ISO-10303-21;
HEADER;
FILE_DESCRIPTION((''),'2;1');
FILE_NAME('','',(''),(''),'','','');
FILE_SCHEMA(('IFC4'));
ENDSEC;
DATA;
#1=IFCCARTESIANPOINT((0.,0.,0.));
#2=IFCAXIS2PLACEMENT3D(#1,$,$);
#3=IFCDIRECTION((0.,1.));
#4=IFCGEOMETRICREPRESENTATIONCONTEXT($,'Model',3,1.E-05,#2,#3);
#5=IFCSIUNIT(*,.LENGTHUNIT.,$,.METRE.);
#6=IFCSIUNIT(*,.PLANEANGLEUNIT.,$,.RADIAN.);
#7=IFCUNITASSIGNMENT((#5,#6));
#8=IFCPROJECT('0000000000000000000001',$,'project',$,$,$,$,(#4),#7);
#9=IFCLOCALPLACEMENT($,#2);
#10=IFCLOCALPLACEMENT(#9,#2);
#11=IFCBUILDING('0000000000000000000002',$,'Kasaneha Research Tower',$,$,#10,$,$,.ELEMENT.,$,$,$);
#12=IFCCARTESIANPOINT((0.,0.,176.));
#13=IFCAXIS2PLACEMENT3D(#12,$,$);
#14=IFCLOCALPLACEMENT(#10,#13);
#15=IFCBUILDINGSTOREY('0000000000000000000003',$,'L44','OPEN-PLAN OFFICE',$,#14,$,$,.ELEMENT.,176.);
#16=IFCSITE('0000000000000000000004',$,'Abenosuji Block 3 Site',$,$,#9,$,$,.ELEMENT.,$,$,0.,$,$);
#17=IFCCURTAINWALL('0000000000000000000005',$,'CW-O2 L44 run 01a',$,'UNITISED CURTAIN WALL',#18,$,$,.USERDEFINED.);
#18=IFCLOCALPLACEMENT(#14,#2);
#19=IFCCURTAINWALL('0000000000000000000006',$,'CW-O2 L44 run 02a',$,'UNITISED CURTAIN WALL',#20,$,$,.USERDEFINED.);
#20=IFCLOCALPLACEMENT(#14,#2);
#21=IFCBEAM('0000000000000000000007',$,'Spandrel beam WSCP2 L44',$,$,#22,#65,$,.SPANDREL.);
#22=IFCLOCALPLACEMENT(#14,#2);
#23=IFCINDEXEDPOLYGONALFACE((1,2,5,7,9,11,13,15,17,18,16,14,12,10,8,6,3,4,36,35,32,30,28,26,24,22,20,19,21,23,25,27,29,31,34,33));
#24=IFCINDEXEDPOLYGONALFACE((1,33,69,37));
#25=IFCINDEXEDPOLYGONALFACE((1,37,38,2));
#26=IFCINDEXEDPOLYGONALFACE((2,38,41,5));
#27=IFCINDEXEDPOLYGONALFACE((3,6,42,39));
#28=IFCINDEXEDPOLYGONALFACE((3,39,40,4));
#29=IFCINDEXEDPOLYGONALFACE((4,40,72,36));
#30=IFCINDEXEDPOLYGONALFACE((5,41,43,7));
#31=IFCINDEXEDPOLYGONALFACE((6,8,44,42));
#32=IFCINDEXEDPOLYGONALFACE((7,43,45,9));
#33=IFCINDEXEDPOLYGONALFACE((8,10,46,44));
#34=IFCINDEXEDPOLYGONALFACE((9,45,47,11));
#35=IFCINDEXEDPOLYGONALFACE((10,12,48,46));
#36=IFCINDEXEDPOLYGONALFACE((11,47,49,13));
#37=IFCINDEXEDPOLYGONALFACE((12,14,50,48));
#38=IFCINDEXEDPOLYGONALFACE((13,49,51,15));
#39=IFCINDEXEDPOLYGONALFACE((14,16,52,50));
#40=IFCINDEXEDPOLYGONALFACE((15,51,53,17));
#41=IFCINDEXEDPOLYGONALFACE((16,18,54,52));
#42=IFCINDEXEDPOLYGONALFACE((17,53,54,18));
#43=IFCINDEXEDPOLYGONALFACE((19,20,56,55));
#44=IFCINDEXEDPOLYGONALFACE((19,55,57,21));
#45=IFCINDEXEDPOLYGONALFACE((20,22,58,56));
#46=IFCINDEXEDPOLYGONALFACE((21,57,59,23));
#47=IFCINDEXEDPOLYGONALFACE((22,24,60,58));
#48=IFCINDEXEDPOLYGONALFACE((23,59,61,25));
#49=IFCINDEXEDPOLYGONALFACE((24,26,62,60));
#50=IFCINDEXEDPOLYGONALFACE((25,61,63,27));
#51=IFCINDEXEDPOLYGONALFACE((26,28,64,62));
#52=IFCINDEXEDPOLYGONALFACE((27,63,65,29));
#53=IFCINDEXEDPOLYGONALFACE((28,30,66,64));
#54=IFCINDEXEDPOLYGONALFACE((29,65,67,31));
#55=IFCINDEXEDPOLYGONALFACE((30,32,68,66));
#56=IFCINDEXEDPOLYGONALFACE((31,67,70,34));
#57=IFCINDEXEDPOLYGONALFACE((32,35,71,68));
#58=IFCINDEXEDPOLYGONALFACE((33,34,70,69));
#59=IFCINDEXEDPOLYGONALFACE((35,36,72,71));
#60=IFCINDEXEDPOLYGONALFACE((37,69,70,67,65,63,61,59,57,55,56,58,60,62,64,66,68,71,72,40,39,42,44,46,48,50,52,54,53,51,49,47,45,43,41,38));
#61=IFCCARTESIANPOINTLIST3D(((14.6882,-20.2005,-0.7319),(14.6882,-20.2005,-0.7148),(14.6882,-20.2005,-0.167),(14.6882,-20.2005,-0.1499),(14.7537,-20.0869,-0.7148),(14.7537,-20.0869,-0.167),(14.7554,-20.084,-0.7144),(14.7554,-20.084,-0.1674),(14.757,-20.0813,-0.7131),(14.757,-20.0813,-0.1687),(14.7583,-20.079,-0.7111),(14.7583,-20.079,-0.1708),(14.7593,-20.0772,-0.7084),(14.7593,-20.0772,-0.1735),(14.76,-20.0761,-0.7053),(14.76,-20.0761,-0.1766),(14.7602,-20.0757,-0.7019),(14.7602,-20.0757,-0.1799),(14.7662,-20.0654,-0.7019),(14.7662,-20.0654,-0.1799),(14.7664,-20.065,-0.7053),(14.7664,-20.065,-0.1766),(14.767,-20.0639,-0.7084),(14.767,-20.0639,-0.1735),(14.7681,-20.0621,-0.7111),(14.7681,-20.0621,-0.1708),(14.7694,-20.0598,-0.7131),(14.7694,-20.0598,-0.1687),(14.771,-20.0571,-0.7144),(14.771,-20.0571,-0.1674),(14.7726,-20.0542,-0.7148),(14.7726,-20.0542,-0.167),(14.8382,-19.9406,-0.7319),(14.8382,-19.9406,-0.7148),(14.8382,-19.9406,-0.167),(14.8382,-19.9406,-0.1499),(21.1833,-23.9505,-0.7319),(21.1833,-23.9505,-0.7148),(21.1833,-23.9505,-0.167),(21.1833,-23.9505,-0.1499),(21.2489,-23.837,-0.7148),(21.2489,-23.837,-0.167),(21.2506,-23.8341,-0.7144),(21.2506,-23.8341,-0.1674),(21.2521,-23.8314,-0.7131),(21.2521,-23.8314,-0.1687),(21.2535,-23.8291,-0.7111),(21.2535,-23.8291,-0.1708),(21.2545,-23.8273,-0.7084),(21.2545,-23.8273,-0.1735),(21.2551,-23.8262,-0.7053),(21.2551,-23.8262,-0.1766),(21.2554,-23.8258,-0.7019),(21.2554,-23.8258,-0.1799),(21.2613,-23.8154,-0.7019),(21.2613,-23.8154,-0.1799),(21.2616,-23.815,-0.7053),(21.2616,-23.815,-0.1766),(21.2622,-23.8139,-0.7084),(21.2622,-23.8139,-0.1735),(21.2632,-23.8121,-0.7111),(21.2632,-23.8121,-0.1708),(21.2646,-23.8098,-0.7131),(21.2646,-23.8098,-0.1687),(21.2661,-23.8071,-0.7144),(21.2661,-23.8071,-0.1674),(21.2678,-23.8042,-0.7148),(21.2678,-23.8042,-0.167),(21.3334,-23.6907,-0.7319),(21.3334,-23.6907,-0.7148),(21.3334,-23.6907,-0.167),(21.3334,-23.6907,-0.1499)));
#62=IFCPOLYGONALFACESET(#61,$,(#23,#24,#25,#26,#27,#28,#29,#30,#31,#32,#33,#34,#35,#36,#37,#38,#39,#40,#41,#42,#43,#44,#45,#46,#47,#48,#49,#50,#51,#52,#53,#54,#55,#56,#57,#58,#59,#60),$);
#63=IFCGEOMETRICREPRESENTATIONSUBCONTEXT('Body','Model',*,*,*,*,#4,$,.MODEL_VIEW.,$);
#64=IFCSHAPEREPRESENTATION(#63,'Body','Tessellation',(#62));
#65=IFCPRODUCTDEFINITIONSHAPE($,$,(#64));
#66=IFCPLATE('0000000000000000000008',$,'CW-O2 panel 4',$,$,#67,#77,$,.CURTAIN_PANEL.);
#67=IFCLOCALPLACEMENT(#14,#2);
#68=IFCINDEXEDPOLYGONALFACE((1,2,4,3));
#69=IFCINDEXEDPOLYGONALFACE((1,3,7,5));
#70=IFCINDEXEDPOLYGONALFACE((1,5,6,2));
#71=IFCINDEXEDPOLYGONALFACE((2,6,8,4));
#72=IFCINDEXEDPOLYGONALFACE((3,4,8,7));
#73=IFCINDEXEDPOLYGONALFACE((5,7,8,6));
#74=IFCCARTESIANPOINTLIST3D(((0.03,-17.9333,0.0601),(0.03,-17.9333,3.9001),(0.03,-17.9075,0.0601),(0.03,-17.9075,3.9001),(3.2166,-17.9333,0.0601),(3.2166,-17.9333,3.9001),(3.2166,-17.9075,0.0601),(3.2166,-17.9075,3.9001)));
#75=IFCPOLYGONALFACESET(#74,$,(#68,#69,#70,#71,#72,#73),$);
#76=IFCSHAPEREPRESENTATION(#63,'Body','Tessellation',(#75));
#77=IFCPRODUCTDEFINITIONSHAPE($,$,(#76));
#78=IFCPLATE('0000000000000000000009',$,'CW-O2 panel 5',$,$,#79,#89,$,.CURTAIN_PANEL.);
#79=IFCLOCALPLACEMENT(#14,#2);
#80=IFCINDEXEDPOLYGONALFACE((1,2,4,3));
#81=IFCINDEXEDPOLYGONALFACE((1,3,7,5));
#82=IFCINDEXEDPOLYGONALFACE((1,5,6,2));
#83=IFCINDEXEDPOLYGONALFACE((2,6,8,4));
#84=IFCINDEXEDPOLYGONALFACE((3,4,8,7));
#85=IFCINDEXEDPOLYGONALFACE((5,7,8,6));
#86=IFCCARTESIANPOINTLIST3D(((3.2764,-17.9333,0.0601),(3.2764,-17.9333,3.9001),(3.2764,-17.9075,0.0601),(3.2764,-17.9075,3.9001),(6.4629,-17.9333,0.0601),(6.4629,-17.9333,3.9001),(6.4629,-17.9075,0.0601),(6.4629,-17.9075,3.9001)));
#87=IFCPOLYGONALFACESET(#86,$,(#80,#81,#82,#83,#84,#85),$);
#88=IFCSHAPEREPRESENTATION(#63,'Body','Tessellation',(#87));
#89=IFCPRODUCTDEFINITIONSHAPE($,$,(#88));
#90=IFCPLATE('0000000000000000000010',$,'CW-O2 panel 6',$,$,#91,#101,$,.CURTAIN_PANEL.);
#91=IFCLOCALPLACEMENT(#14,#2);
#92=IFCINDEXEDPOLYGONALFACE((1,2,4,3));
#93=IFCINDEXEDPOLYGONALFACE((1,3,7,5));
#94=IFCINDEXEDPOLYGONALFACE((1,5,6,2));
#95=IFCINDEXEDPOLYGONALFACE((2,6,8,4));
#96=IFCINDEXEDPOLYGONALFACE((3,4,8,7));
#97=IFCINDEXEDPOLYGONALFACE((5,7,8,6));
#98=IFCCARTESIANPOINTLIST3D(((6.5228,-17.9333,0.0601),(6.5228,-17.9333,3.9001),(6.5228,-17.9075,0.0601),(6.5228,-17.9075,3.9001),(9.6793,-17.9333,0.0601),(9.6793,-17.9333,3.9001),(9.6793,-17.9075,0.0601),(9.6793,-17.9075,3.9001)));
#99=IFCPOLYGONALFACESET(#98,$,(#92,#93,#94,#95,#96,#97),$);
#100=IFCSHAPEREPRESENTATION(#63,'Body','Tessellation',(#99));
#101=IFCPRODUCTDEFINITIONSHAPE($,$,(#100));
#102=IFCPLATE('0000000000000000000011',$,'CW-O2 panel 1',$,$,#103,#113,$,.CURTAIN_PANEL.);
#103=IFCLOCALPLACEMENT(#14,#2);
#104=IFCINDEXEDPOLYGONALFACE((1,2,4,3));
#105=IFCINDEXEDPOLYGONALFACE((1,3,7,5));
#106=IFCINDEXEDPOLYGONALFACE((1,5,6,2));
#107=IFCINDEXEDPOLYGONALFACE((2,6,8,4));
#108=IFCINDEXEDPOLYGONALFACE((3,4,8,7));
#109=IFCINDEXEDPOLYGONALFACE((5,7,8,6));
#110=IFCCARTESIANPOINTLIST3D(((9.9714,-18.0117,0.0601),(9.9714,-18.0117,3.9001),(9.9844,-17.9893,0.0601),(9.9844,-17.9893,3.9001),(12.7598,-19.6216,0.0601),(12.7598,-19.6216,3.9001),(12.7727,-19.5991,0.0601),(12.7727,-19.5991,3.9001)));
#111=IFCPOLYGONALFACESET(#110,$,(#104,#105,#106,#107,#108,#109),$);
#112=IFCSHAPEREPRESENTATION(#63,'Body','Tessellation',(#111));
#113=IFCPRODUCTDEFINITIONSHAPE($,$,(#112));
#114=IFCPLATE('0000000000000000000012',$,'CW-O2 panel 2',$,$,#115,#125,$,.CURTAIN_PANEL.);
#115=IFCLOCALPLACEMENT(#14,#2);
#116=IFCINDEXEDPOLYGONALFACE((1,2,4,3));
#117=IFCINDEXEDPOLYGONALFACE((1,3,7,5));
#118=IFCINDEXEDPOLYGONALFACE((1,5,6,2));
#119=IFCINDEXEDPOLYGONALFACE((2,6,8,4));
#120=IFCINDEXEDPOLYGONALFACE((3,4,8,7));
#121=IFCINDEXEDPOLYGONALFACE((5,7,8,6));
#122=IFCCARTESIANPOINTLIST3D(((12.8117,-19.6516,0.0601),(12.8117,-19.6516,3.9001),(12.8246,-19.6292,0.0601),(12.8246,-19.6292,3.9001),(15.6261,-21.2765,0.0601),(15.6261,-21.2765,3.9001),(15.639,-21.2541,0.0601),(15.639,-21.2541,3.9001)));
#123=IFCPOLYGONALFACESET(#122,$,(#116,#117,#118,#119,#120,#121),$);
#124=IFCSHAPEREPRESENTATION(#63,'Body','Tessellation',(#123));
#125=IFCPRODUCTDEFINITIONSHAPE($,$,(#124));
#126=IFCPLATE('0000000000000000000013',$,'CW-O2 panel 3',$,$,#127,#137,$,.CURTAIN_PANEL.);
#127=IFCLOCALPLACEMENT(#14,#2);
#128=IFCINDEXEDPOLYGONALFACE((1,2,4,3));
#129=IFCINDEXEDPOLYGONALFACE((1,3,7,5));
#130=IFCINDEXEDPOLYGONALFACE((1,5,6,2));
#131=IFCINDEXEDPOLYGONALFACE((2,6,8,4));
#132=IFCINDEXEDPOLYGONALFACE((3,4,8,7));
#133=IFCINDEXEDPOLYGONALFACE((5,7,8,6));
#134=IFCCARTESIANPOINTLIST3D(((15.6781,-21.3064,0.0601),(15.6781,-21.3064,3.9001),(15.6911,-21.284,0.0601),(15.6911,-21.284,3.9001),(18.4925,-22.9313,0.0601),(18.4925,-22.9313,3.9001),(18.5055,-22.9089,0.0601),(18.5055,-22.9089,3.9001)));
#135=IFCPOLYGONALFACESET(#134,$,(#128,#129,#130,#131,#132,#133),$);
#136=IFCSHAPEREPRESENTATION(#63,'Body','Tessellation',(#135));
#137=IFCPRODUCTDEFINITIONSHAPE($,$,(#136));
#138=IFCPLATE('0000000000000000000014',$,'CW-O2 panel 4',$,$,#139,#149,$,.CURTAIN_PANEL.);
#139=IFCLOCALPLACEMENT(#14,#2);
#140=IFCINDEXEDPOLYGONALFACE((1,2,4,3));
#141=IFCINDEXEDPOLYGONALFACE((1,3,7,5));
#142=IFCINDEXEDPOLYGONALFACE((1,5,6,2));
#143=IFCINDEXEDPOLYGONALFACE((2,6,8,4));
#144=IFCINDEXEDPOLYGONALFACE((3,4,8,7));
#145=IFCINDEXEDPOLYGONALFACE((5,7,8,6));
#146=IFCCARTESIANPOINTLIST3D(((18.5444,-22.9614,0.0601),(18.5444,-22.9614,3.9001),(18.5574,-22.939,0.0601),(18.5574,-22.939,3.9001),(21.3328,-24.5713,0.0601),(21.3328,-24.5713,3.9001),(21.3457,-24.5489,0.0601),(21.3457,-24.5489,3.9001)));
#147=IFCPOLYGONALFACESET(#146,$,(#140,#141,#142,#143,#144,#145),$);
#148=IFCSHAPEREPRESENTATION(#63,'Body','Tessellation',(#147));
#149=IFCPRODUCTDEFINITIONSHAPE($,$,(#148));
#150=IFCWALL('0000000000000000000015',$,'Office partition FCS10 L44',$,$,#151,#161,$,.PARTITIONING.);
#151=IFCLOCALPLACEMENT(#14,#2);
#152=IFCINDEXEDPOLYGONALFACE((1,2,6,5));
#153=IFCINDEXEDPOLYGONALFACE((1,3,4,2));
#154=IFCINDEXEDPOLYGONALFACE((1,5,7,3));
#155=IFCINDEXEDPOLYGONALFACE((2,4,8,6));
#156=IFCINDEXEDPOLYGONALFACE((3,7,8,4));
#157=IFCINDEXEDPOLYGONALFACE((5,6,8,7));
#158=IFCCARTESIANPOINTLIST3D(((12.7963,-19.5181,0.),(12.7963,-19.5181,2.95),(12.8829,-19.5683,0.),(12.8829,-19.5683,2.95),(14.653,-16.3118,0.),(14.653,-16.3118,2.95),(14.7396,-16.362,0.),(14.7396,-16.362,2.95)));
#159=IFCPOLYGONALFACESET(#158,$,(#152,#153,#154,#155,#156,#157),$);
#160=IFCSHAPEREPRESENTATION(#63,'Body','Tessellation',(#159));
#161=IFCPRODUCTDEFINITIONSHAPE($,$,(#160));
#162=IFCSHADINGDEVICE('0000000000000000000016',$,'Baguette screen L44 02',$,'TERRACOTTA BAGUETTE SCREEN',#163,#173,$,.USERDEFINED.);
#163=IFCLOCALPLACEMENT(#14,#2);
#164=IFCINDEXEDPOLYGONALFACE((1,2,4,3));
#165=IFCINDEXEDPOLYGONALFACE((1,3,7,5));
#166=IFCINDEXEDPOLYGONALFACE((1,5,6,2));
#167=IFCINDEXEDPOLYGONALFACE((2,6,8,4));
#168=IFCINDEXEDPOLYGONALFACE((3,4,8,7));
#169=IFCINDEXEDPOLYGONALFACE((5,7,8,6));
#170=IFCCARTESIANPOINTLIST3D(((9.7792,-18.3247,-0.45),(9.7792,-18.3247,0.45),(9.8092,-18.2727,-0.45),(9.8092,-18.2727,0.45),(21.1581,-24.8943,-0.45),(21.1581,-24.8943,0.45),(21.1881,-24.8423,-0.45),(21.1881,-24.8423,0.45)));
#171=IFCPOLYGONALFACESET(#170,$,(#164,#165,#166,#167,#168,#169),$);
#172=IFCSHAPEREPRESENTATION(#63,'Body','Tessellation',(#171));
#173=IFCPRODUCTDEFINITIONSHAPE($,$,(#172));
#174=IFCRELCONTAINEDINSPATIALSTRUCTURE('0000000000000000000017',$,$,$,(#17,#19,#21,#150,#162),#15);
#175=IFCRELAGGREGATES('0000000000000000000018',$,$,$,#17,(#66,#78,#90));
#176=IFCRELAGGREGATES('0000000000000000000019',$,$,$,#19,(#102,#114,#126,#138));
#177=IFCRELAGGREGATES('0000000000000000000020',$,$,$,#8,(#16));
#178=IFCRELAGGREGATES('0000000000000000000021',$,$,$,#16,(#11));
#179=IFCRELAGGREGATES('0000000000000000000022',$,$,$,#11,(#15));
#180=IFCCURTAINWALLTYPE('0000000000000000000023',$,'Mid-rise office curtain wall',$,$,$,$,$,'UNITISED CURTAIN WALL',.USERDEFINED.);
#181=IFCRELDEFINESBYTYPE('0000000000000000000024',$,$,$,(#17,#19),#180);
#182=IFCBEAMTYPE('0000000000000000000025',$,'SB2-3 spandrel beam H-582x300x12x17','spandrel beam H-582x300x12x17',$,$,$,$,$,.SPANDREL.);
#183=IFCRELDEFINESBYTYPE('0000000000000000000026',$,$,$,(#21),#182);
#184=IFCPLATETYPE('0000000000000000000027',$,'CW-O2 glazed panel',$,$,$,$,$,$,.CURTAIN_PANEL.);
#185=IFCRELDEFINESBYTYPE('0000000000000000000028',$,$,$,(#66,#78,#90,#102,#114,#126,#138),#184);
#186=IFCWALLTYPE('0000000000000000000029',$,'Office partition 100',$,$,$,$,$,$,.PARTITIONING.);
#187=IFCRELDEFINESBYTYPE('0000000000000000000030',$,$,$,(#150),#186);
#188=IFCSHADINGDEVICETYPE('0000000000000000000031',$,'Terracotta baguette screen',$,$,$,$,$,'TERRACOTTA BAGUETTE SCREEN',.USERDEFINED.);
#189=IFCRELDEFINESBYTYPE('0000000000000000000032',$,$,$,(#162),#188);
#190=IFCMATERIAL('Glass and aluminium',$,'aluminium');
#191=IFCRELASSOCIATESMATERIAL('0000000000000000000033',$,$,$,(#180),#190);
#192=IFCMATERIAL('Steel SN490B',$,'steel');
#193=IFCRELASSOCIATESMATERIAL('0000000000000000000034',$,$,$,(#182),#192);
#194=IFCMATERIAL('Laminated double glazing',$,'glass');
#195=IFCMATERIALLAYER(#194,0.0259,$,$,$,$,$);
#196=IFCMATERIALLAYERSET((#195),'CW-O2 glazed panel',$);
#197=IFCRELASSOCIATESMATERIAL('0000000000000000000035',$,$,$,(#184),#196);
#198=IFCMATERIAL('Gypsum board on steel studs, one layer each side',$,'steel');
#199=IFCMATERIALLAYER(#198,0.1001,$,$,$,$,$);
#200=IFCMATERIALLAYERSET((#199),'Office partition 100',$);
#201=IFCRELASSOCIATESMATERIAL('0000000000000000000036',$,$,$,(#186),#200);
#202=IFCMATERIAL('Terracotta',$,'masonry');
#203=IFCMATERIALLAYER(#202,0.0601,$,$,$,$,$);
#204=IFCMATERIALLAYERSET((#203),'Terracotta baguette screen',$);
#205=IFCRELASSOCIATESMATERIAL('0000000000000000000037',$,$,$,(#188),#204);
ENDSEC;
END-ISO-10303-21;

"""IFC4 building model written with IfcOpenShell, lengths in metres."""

from ifc_helpers import new_model, si_unit, direction, frame, frame_2d, origin, origin_2d, place, context, subcontext, project, spatial, rectangle, i_section, extrude, material, layer, layer_set, material_profile, profile_set, type_object, element, aggregate, save


model = new_model("IFC4")

# Units and contexts
model_context = context("Model", 3, precision=1e-05, world=origin(), true_north=direction((0.0, 1.0)))
body_context = subcontext(model_context, "Body", "Model", "MODEL_VIEW")
ifc_project = project(units=[si_unit("LENGTHUNIT", "METRE"), si_unit("PLANEANGLEUNIT", "RADIAN")], contexts=[model_context])

# Site, building, storey
site_placement = place(None, origin())
site = spatial("IfcSite", under=ifc_project, at=site_placement, Name="Abenosuji Block 3 Site", CompositionType="ELEMENT", RefElevation=0.0)
building_placement = place(site_placement, origin())
building = spatial("IfcBuilding", under=site, at=building_placement, Name="Kasaneha Research Tower", CompositionType="ELEMENT")
storey_placement = place(building_placement, frame((0.0, 0.0, 176.0)))
storey = spatial("IfcBuildingStorey", under=building, at=storey_placement, Name="L44", Description="OPEN-PLAN OFFICE", CompositionType="ELEMENT", Elevation=176.0)

# Curtain walls
ifc_material_1 = material(Name="Glass and aluminium", Category="aluminium")
curtain_wall_type = type_object("IfcCurtainWallType", Name="Mid-rise office curtain wall", ElementType="UNITISED CURTAIN WALL", PredefinedType="USERDEFINED", material=ifc_material_1)
curtain_wall_1_placement = place(storey_placement, origin())
curtain_wall_1 = element("IfcCurtainWall", 1, at=curtain_wall_1_placement, inside=storey, type_object=curtain_wall_type, Name="CW-O2 L44 run 01a", ObjectType="UNITISED CURTAIN WALL", PredefinedType="USERDEFINED")
curtain_wall_2_placement = place(storey_placement, origin())
curtain_wall_2 = element("IfcCurtainWall", 2, at=curtain_wall_2_placement, inside=storey, type_object=curtain_wall_type, Name="CW-O2 L44 run 02a", ObjectType="UNITISED CURTAIN WALL", PredefinedType="USERDEFINED")

# Beam
ifc_material_2 = material(Name="Steel SN490B", Category="steel")
ifc_material_profile_1 = material_profile(ifc_material_2, i_section(OverallWidth=0.3, OverallDepth=0.582, WebThickness=0.012, FlangeThickness=0.0171, FilletRadius=0.0129, at=origin_2d()), Name="H-582x300x12x17")
ifc_profile_set_1 = profile_set([ifc_material_profile_1], Name="Steel SN490B")
beam_type_1 = type_object("IfcBeamType", Name="SB2-3 spandrel beam H-582x300x12x17", Description="spandrel beam H-582x300x12x17", PredefinedType="SPANDREL", material=ifc_profile_set_1)
beam_1_placement = place(storey_placement, frame((14.7632, -20.0706, -0.4409), z_axis=(0.866023, -0.500004, 0.0), x_axis=(0.500004, 0.866023, 0.0)))
element("IfcBeam", 3, at=beam_1_placement, inside=storey, type_object=beam_type_1, Name="Spandrel beam WSCP2 L44", PredefinedType="SPANDREL", context=body_context, shape_type="SweptSolid", body=[
    extrude(i_section(OverallWidth=0.3, OverallDepth=0.582, WebThickness=0.012, FlangeThickness=0.0171, FilletRadius=0.0129, at=origin_2d()), origin(), (0.0, 0.0, 1.0), 7.5),
])

# Plates
ifc_material_3 = material(Name="Laminated double glazing", Category="glass")
ifc_layer_1 = layer(ifc_material_3, 0.0259)
ifc_layer_set_1 = layer_set([ifc_layer_1], Name="CW-O2 glazed panel")
plate_type = type_object("IfcPlateType", Name="CW-O2 glazed panel", PredefinedType="CURTAIN_PANEL", material=ifc_layer_set_1)
plate_1_placement = place(storey_placement, frame((1.6233, -17.9204, 0.0601), z_axis=(0.0, 0.0, 1.0), x_axis=(1.0, 0.0, 0.0)))
plate_1 = element("IfcPlate", 4, at=plate_1_placement, type_object=plate_type, Name="CW-O2 panel 4", PredefinedType="CURTAIN_PANEL", context=body_context, shape_type="SweptSolid", body=[
    extrude(rectangle(XDim=3.1865, YDim=0.0259, at=origin_2d()), origin(), (0.0, 0.0, 1.0), 3.8401),
])
plate_2_placement = place(storey_placement, frame((4.8696, -17.9204, 0.0601), z_axis=(0.0, 0.0, 1.0), x_axis=(1.0, 0.0, 0.0)))
plate_2 = element("IfcPlate", 5, at=plate_2_placement, type_object=plate_type, Name="CW-O2 panel 5", PredefinedType="CURTAIN_PANEL", context=body_context, shape_type="SweptSolid", body=[
    extrude(rectangle(XDim=3.1865, YDim=0.0259, at=origin_2d()), origin(), (0.0, 0.0, 1.0), 3.8401),
])
plate_3_placement = place(storey_placement, frame((8.1011, -17.9204, 0.0601), z_axis=(0.0, 0.0, 1.0), x_axis=(1.0, 0.0, 0.0)))
plate_3 = element("IfcPlate", 6, at=plate_3_placement, type_object=plate_type, Name="CW-O2 panel 6", PredefinedType="CURTAIN_PANEL", context=body_context, shape_type="SweptSolid", body=[
    extrude(rectangle(XDim=3.1565, YDim=0.0259, at=origin_2d()), origin(), (0.0, 0.0, 1.0), 3.8401),
])
aggregate(curtain_wall_1, [plate_1, plate_2, plate_3])
plate_4_placement = place(storey_placement, frame((11.3721, -18.8054, 0.0601), z_axis=(0.0, 0.0, 1.0), x_axis=(0.866025, -0.5, 0.0)))
plate_4 = element("IfcPlate", 7, at=plate_4_placement, type_object=plate_type, Name="CW-O2 panel 1", PredefinedType="CURTAIN_PANEL", context=body_context, shape_type="SweptSolid", body=[
    extrude(rectangle(XDim=3.2197, YDim=0.0259, at=origin_2d()), origin(), (0.0, 0.0, 1.0), 3.8401),
])
plate_5_placement = place(storey_placement, frame((14.2253, -20.4529, 0.0601), z_axis=(0.0, 0.0, 1.0), x_axis=(0.866025, -0.5, 0.0)))
plate_5 = element("IfcPlate", 8, at=plate_5_placement, type_object=plate_type, Name="CW-O2 panel 2", PredefinedType="CURTAIN_PANEL", context=body_context, shape_type="SweptSolid", body=[
    extrude(rectangle(XDim=3.2498, YDim=0.0259, at=origin_2d()), origin(), (0.0, 0.0, 1.0), 3.8401),
])
plate_6_placement = place(storey_placement, frame((17.0918, -22.1077, 0.0601), z_axis=(0.0, 0.0, 1.0), x_axis=(0.866025, -0.5, 0.0)))
plate_6 = element("IfcPlate", 9, at=plate_6_placement, type_object=plate_type, Name="CW-O2 panel 3", PredefinedType="CURTAIN_PANEL", context=body_context, shape_type="SweptSolid", body=[
    extrude(rectangle(XDim=3.2498, YDim=0.0259, at=origin_2d()), origin(), (0.0, 0.0, 1.0), 3.8401),
])
plate_7_placement = place(storey_placement, frame((19.9451, -23.7551, 0.0601), z_axis=(0.0, 0.0, 1.0), x_axis=(0.866025, -0.5, 0.0)))
plate_7 = element("IfcPlate", 10, at=plate_7_placement, type_object=plate_type, Name="CW-O2 panel 4", PredefinedType="CURTAIN_PANEL", context=body_context, shape_type="SweptSolid", body=[
    extrude(rectangle(XDim=3.2197, YDim=0.0259, at=origin_2d()), origin(), (0.0, 0.0, 1.0), 3.8401),
])
aggregate(curtain_wall_2, [plate_4, plate_5, plate_6, plate_7])

# Wall
ifc_material_4 = material(Name="Gypsum board on steel studs, one layer each side", Category="steel")
ifc_layer_2 = layer(ifc_material_4, 0.1001)
ifc_layer_set_2 = layer_set([ifc_layer_2], Name="Office partition 100")
wall_type = type_object("IfcWallType", Name="Office partition 100", PredefinedType="PARTITIONING", material=ifc_layer_set_2)
wall_placement = place(storey_placement, frame((12.8396, -19.5432, 0.0), z_axis=(0.0, 0.0, 1.0), x_axis=(0.501119, 0.865378, 0.0)))
element("IfcWall", 11, at=wall_placement, inside=storey, type_object=wall_type, Name="Office partition FCS10 L44", PredefinedType="PARTITIONING", context=body_context, shape_type="SweptSolid", body=[
    extrude(rectangle(XDim=3.7051, YDim=0.1001, at=frame_2d((1.8525, 0.0))), origin(), (0.0, 0.0, 1.0), 2.95),
])

# Shading device
ifc_material_5 = material(Name="Terracotta", Category="masonry")
ifc_layer_3 = layer(ifc_material_5, 0.0601)
ifc_layer_set_3 = layer_set([ifc_layer_3], Name="Terracotta baguette screen")
shading_device_type = type_object("IfcShadingDeviceType", Name="Terracotta baguette screen", ElementType="TERRACOTTA BAGUETTE SCREEN", PredefinedType="USERDEFINED", material=ifc_layer_set_3)
shading_device_placement = place(storey_placement, frame((15.4836, -21.5835, -0.45), z_axis=(0.0, 0.0, 1.0), x_axis=(0.866025, -0.5, 0.0)))
element("IfcShadingDevice", 12, at=shading_device_placement, inside=storey, type_object=shading_device_type, Name="Baguette screen L44 02", ObjectType="TERRACOTTA BAGUETTE SCREEN", PredefinedType="USERDEFINED", context=body_context, shape_type="SweptSolid", body=[
    extrude(rectangle(XDim=13.1392, YDim=0.0601, at=origin_2d()), origin(), (0.0, 0.0, 1.0), 0.8999),
])

save(model, "model.ifc")
